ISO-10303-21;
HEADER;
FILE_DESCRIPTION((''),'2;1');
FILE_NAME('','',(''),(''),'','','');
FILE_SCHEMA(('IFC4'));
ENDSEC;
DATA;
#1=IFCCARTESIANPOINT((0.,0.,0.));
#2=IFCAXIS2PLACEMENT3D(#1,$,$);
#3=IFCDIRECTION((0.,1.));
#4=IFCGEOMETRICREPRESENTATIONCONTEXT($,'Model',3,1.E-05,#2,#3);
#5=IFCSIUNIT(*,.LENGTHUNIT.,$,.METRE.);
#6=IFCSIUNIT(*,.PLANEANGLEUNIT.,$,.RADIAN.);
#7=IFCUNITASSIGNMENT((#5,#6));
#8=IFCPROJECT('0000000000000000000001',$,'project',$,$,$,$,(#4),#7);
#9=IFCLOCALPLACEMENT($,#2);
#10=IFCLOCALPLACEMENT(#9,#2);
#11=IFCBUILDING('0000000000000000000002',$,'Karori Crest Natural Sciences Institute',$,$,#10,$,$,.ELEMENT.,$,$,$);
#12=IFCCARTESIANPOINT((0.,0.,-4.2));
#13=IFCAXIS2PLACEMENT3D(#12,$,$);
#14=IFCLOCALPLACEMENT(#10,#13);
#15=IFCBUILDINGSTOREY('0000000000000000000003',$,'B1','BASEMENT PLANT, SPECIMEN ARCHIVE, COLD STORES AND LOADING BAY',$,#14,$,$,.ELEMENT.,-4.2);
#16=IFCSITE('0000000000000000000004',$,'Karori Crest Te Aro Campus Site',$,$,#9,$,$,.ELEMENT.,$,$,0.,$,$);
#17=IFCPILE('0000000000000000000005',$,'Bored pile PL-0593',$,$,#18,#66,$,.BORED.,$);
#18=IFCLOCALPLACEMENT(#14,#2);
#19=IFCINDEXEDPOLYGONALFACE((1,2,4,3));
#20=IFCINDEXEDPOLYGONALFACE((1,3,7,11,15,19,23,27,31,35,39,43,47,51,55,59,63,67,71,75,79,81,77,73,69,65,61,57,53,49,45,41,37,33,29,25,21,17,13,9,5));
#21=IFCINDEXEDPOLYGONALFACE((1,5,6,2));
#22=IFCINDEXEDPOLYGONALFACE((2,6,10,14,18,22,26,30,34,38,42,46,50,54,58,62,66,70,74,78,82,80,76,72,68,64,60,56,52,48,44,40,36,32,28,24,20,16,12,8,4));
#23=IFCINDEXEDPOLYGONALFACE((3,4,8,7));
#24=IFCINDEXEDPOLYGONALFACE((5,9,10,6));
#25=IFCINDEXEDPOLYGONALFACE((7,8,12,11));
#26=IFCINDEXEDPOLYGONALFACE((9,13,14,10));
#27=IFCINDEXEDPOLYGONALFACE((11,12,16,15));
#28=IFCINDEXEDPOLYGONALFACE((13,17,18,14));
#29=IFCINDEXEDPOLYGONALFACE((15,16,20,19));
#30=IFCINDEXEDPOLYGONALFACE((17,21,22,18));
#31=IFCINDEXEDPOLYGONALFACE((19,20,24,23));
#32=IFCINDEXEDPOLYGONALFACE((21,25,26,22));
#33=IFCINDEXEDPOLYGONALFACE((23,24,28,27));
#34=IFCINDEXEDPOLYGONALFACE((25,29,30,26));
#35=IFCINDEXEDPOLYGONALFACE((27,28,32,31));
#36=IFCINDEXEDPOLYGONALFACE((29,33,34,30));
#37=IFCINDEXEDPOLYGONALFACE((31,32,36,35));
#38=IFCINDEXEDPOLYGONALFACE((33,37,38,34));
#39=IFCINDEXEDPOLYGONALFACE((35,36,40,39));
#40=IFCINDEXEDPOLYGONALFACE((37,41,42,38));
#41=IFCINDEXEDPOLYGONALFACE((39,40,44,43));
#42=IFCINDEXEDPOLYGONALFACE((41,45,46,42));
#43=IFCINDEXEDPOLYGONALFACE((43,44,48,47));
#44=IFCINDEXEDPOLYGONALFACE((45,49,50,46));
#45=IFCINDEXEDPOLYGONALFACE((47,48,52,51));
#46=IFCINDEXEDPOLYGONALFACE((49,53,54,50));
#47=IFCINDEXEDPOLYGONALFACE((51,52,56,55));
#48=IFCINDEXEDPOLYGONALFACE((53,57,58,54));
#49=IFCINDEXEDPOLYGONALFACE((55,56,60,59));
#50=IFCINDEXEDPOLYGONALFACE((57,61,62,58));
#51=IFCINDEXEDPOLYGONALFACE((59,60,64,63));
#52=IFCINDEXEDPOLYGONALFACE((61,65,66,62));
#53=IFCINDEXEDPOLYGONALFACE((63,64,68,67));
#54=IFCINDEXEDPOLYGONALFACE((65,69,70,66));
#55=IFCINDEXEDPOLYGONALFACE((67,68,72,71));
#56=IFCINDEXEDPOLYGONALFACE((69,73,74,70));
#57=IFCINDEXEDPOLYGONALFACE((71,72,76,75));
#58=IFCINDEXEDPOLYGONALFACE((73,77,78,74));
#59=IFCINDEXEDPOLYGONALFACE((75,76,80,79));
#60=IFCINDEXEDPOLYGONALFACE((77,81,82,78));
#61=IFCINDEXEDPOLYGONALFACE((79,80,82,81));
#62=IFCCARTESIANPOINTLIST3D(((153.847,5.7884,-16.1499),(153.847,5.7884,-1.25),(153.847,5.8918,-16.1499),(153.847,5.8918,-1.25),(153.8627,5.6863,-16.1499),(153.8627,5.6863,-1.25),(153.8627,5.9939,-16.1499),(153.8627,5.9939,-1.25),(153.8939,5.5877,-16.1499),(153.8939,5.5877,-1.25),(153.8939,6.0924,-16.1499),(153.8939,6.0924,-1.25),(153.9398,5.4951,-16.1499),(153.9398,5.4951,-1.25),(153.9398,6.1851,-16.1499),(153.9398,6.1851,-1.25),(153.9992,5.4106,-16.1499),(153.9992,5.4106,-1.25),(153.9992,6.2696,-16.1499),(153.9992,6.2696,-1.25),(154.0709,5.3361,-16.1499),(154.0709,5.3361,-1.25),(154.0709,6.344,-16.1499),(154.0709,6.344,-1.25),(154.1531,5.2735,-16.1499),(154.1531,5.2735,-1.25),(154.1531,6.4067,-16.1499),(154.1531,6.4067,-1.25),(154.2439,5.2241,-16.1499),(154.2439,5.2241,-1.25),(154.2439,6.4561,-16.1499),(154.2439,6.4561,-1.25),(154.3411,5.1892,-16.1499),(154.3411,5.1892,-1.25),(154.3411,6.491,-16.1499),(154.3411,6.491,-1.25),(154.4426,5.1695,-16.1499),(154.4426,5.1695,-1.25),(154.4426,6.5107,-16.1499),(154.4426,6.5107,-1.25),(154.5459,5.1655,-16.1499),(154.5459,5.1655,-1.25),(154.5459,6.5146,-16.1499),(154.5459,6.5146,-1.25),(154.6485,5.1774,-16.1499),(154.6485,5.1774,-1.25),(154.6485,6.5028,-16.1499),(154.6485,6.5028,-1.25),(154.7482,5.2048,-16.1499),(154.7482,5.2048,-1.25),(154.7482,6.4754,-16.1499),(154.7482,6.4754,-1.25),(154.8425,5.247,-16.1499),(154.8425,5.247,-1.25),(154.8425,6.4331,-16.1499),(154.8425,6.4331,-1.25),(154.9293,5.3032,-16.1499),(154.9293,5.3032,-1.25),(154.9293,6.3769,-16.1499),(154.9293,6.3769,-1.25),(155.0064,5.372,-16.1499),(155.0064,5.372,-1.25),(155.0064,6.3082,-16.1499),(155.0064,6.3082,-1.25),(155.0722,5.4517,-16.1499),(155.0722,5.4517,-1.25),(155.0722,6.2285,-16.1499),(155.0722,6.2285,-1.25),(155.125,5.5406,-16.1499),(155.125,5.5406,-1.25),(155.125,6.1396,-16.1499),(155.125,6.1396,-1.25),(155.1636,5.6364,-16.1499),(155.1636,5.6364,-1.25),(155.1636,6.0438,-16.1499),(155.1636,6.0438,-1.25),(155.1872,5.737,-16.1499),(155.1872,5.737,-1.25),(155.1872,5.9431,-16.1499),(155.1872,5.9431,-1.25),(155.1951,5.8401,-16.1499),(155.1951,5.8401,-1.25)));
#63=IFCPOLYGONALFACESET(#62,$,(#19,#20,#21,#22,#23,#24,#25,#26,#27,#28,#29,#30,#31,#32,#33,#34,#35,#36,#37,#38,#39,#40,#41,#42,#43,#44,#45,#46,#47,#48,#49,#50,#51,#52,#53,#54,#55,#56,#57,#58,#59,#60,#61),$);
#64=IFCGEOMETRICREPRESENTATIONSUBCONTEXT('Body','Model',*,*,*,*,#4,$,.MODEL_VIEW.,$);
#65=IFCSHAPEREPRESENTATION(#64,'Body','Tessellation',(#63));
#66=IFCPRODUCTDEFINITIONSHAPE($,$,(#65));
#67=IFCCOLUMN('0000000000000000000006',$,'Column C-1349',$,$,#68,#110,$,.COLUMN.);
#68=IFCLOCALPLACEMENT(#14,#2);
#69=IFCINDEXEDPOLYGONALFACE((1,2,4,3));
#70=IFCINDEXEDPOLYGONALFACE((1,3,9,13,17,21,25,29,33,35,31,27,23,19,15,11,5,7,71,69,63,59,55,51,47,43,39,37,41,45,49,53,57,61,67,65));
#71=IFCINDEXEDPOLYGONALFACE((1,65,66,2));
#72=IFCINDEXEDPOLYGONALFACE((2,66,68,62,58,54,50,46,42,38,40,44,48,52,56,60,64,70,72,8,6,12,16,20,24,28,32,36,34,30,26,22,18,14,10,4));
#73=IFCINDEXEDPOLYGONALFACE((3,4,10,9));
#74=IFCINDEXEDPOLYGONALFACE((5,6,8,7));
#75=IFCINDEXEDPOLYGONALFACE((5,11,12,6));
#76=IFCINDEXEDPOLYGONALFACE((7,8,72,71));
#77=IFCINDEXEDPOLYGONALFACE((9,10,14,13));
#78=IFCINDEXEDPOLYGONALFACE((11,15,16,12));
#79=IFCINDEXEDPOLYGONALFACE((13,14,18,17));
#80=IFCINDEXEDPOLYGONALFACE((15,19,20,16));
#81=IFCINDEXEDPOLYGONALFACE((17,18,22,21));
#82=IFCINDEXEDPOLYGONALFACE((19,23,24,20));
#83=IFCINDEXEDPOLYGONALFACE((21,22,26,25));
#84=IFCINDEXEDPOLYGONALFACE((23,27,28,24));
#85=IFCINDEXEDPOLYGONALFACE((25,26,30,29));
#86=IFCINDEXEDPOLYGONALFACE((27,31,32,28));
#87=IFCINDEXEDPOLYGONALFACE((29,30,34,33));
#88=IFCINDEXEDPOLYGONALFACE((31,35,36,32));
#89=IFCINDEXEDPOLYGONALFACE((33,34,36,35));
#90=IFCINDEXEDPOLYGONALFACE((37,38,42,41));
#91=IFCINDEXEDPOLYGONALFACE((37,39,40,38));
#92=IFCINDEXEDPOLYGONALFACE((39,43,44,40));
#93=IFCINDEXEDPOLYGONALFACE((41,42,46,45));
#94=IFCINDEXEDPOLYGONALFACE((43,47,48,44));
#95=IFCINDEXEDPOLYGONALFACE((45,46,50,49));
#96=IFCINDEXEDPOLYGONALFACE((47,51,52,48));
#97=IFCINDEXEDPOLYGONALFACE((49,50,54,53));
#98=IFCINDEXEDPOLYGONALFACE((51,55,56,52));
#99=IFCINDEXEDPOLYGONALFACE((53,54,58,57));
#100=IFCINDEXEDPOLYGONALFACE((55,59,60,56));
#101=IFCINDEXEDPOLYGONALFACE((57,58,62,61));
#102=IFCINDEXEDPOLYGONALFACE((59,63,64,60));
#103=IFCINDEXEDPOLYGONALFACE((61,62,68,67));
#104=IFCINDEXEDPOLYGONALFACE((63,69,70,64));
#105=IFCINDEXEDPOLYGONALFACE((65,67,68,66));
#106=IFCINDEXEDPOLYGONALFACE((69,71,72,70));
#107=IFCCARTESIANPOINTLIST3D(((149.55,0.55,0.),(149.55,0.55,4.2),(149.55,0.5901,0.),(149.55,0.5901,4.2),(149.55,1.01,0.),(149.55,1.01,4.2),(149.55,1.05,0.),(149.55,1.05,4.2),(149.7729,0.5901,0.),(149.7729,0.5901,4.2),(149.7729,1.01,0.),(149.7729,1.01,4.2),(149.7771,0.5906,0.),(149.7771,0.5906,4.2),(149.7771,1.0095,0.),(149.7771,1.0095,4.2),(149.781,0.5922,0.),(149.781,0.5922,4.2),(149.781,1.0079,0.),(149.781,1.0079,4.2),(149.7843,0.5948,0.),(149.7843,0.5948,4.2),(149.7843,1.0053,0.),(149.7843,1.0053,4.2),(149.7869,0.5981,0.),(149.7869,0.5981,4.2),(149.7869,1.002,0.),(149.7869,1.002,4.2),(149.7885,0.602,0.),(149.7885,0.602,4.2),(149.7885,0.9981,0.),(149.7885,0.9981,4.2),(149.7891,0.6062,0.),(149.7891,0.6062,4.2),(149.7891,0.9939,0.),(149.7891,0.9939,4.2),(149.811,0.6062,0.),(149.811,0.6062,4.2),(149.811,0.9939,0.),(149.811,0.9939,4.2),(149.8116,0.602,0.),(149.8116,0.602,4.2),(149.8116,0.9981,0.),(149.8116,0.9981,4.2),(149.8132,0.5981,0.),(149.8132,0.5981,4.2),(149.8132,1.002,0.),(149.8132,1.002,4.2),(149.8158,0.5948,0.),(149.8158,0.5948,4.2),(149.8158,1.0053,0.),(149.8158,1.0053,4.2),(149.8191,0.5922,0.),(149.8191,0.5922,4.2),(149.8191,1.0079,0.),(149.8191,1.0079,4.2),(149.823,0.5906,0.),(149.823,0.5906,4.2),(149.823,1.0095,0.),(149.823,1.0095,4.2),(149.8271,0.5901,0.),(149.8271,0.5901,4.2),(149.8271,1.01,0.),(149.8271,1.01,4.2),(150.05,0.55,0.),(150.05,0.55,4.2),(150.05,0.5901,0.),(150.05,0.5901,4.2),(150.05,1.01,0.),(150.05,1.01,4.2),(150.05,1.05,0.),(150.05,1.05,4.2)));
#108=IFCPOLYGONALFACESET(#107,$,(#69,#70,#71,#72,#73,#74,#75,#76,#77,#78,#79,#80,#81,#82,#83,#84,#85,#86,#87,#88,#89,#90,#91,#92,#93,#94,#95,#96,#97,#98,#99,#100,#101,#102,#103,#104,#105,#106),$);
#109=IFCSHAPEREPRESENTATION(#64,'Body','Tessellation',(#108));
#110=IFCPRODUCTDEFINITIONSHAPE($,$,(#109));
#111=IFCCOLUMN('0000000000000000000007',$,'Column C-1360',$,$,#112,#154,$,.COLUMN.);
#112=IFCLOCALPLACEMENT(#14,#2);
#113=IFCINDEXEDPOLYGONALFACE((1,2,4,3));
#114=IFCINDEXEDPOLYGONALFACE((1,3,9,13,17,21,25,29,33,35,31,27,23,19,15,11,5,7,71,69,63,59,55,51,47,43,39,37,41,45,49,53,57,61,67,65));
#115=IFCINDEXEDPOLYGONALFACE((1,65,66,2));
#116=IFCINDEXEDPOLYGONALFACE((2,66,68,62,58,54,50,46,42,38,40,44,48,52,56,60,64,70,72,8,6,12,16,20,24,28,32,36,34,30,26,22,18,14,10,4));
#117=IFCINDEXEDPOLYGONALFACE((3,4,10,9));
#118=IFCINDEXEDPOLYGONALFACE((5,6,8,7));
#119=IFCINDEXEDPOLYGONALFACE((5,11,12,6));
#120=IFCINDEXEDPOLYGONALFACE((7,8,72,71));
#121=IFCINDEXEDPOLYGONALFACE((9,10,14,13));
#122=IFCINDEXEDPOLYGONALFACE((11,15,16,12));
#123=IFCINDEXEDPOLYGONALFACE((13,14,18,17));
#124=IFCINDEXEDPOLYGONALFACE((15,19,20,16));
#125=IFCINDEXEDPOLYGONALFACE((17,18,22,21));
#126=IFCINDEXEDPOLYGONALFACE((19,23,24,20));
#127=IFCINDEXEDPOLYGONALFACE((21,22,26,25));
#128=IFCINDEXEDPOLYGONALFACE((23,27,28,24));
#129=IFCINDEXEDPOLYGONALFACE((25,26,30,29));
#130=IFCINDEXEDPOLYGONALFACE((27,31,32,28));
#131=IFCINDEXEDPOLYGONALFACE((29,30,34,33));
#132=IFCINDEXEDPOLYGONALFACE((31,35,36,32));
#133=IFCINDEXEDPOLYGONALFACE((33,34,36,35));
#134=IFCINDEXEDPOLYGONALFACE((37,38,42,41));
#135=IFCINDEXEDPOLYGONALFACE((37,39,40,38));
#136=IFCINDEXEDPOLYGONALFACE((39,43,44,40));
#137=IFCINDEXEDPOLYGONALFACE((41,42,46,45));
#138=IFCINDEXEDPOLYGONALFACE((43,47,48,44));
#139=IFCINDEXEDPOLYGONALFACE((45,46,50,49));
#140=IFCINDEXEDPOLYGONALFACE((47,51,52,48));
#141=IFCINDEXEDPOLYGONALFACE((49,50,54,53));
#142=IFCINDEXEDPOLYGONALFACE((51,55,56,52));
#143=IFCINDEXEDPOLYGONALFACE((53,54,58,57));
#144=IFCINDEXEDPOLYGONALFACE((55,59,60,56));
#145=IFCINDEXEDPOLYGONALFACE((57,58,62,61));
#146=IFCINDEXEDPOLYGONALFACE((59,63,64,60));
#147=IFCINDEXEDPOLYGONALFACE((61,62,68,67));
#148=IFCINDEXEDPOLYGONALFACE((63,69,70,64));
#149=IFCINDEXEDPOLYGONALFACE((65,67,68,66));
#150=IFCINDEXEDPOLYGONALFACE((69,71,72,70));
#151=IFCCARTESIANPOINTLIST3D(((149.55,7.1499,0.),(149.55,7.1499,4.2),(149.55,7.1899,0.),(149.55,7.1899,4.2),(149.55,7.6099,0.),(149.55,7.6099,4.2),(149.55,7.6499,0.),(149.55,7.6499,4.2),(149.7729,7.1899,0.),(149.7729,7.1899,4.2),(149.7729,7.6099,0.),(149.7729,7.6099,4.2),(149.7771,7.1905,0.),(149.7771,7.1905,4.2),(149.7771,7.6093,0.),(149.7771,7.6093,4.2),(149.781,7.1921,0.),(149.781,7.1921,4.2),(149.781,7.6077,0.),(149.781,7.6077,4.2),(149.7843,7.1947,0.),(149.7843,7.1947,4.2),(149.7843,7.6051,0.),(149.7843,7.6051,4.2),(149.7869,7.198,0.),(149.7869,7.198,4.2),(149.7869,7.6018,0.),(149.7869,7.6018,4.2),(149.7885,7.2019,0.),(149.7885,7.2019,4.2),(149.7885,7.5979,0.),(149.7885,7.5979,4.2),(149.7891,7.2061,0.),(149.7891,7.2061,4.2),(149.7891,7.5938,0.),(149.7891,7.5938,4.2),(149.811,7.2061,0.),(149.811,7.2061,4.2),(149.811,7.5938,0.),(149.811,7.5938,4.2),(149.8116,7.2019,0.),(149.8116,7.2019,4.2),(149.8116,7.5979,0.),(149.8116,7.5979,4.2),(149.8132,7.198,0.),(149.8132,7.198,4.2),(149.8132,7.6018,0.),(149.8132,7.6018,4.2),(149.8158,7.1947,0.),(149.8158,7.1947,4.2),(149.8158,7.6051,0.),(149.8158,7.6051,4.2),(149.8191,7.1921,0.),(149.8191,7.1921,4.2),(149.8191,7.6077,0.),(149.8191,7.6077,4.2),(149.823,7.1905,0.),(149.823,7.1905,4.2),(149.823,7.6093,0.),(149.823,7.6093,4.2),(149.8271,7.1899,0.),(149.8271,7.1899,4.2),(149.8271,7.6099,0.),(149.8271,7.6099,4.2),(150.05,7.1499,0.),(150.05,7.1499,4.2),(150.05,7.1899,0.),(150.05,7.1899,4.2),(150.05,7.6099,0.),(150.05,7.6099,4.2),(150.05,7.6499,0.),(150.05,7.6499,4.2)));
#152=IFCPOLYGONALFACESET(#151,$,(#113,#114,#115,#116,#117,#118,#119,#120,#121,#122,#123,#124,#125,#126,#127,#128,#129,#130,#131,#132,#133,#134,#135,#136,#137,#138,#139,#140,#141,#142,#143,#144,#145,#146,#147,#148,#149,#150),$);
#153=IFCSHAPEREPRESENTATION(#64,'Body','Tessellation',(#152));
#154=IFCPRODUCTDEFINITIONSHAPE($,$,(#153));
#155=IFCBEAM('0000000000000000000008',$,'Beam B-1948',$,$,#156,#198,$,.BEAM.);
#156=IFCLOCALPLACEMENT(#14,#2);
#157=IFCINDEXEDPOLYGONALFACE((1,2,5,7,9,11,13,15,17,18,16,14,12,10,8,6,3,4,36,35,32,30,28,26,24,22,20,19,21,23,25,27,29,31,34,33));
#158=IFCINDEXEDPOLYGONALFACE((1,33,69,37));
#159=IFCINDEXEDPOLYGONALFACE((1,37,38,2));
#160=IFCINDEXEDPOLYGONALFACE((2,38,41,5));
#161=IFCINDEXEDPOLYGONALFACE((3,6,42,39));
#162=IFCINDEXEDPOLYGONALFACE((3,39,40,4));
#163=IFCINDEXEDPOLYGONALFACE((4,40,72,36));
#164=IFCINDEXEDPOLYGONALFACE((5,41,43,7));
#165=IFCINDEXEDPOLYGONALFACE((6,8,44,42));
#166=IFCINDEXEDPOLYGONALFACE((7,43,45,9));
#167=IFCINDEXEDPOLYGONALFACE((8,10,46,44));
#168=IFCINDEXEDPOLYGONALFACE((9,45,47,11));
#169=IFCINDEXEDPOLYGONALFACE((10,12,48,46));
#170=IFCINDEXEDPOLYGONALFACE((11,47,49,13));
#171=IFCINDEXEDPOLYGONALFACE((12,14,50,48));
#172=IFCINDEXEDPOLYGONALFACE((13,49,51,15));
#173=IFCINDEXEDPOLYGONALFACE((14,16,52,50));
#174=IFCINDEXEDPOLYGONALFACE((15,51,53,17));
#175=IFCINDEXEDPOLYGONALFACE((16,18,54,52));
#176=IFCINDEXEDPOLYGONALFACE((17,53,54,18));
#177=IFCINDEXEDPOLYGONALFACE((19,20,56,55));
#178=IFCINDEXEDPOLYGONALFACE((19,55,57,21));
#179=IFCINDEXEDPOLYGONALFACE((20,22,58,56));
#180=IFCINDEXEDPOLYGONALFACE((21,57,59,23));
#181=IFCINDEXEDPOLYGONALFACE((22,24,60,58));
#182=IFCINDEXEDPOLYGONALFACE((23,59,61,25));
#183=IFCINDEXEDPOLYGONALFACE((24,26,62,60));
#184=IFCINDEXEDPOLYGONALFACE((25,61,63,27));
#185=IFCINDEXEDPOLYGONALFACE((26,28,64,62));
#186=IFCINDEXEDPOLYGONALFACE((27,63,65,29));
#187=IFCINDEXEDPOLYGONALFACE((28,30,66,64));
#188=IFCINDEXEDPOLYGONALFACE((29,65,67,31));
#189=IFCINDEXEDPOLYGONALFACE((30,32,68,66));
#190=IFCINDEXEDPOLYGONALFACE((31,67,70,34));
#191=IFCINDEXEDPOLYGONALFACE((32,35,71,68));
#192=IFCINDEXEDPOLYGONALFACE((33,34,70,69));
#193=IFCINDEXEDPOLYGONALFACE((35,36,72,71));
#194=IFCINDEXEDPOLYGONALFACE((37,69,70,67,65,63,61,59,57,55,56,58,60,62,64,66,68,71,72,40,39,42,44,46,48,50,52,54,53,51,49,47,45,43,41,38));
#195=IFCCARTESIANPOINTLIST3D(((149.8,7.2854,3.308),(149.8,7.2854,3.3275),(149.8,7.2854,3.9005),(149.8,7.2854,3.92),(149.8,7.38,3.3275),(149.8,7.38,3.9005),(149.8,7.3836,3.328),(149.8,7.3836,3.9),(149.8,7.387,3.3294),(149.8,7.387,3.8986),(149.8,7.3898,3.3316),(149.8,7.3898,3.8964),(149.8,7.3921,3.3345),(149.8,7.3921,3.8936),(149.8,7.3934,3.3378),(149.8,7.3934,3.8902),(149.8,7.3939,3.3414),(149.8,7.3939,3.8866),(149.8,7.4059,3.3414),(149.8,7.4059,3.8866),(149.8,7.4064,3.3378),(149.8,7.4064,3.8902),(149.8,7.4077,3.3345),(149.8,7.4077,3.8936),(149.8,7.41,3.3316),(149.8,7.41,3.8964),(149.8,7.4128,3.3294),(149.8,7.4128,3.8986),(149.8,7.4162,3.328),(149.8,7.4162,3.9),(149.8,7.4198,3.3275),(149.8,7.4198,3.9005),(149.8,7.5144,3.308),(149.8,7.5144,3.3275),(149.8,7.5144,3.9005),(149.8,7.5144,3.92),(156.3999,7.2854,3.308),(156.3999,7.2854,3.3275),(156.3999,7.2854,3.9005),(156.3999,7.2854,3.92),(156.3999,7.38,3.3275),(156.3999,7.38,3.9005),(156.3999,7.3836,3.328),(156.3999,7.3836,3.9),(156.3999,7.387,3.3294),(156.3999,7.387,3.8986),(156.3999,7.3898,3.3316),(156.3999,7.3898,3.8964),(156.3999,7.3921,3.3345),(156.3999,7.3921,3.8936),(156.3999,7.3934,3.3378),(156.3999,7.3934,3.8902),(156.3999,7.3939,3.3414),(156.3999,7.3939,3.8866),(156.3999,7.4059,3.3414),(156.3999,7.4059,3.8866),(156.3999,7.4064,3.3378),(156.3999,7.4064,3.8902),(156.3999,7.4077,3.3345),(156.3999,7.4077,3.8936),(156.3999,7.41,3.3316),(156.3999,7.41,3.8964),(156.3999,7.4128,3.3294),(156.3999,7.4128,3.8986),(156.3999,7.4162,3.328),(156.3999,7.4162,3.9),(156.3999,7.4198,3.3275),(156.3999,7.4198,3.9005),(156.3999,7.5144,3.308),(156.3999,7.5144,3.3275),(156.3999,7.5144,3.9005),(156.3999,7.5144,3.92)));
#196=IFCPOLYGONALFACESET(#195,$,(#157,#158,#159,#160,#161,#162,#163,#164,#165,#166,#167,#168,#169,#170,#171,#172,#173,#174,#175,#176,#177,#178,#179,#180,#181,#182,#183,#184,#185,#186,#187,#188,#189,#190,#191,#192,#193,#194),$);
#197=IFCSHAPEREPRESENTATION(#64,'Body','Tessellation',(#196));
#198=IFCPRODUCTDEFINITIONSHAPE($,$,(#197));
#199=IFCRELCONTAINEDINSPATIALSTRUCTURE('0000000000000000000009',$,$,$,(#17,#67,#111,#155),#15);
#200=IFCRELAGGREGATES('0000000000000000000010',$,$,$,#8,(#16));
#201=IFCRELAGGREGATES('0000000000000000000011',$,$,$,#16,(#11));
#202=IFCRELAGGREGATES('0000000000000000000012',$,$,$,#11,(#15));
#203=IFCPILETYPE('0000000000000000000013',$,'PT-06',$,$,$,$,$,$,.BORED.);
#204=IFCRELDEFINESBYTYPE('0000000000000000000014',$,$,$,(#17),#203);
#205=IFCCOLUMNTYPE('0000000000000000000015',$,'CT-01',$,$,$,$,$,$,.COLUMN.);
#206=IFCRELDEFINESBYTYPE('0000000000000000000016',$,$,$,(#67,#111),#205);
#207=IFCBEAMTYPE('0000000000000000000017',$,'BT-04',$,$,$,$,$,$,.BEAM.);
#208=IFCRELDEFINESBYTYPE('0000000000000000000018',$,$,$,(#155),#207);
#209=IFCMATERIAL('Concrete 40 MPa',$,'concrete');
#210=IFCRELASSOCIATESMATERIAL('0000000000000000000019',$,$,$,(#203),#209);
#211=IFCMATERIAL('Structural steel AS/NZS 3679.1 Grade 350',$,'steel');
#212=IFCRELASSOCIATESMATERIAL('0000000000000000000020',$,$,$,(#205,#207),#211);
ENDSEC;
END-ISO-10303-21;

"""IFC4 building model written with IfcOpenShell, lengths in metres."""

from ifc_helpers import new_model, si_unit, direction, frame, origin, origin_2d, place, context, subcontext, project, spatial, circle, i_section, extrude, material, material_profile, profile_set, type_object, element, save


model = new_model("IFC4")

# Units and contexts
model_context = context("Model", 3, precision=1e-05, world=origin(), true_north=direction((0.0, 1.0)))
body_context = subcontext(model_context, "Body", "Model", "MODEL_VIEW")
ifc_project = project(units=[si_unit("LENGTHUNIT", "METRE"), si_unit("PLANEANGLEUNIT", "RADIAN")], contexts=[model_context])

# Site, building, storey
site_placement = place(None, origin())
site = spatial("IfcSite", under=ifc_project, at=site_placement, Name="Karori Crest Te Aro Campus Site", CompositionType="ELEMENT", RefElevation=0.0)
building_placement = place(site_placement, origin())
building = spatial("IfcBuilding", under=site, at=building_placement, Name="Karori Crest Natural Sciences Institute", CompositionType="ELEMENT")
storey_placement = place(building_placement, frame((0.0, 0.0, -4.2)))
storey = spatial("IfcBuildingStorey", under=building, at=storey_placement, Name="B1", Description="BASEMENT PLANT, SPECIMEN ARCHIVE, COLD STORES AND LOADING BAY", CompositionType="ELEMENT", Elevation=-4.2)

# Shared definitions
ifc_material_1 = material(Name="Concrete 40 MPa", Category="concrete")

# Pile
ifc_material_profile_1 = material_profile(ifc_material_1, circle(Radius=0.675, at=origin_2d()), Name="PILE1350")
ifc_profile_set_1 = profile_set([ifc_material_profile_1], Name="Concrete 40 MPa")
pile_type = type_object("IfcPileType", Name="PT-06", PredefinedType="BORED", material=ifc_profile_set_1)
for number, where, z_axis, x_axis, name in (
    (1, (154.52, 5.8401, -1.25), (0.0, 0.0, -1.0), (1.0, 0.0, 0.0), "Bored pile PL-0593"),
):
    element("IfcPile", number, at=place(storey_placement, frame(where, z_axis=z_axis, x_axis=x_axis)), inside=storey, type_object=pile_type, Name=name, PredefinedType="BORED", context=body_context, shape_type="SweptSolid", body=[
        extrude(circle(Radius=0.675, at=origin_2d()), origin(), (0.0, 0.0, 1.0), 14.8999),
    ])

# Columns
ifc_material_2 = material(Name="Structural steel AS/NZS 3679.1 Grade 350", Category="steel")
ifc_material_profile_2 = material_profile(ifc_material_2, i_section(OverallWidth=0.5, OverallDepth=0.5, WebThickness=0.022, FlangeThickness=0.04, FilletRadius=0.0161, at=origin_2d()), Name="500WC440")
ifc_profile_set_2 = profile_set([ifc_material_profile_2], Name="Structural steel AS/NZS 3679.1 Grade 350")
column_type = type_object("IfcColumnType", Name="CT-01", PredefinedType="COLUMN", material=ifc_profile_set_2)
for number, where, z_axis, x_axis, name in (
    (2, (149.8, 0.8, 0.0), (0.0, 0.0, 1.0), (1.0, 0.0, 0.0), "Column C-1349"),
    (3, (149.8, 7.3999, 0.0), (0.0, 0.0, 1.0), (1.0, 0.0, 0.0), "Column C-1360"),
):
    element("IfcColumn", number, at=place(storey_placement, frame(where, z_axis=z_axis, x_axis=x_axis)), inside=storey, type_object=column_type, Name=name, PredefinedType="COLUMN", context=body_context, shape_type="SweptSolid", body=[
        extrude(i_section(OverallWidth=0.5, OverallDepth=0.5, WebThickness=0.022, FlangeThickness=0.04, FilletRadius=0.0161, at=origin_2d()), origin(), (0.0, 0.0, 1.0), 4.2),
    ])

# Beam
ifc_material_profile_3 = material_profile(ifc_material_2, i_section(OverallWidth=0.229, OverallDepth=0.6121, WebThickness=0.012, FlangeThickness=0.0195, FilletRadius=0.0139, at=origin_2d()), Name="610UB125")
ifc_profile_set_3 = profile_set([ifc_material_profile_3], Name="Structural steel AS/NZS 3679.1 Grade 350")
beam_type_1 = type_object("IfcBeamType", Name="BT-04", PredefinedType="BEAM", material=ifc_profile_set_3)
beam_1_placement = place(storey_placement, frame((149.8, 7.3999, 3.614), z_axis=(1.0, 0.0, 0.0), x_axis=(0.0, 1.0, 0.0)))
element("IfcBeam", 4, at=beam_1_placement, inside=storey, type_object=beam_type_1, Name="Beam B-1948", PredefinedType="BEAM", context=body_context, shape_type="SweptSolid", body=[
    extrude(i_section(OverallWidth=0.229, OverallDepth=0.6121, WebThickness=0.012, FlangeThickness=0.0195, FilletRadius=0.0139, at=origin_2d()), origin(), (0.0, 0.0, 1.0), 6.5999),
])

save(model, "model.ifc")
